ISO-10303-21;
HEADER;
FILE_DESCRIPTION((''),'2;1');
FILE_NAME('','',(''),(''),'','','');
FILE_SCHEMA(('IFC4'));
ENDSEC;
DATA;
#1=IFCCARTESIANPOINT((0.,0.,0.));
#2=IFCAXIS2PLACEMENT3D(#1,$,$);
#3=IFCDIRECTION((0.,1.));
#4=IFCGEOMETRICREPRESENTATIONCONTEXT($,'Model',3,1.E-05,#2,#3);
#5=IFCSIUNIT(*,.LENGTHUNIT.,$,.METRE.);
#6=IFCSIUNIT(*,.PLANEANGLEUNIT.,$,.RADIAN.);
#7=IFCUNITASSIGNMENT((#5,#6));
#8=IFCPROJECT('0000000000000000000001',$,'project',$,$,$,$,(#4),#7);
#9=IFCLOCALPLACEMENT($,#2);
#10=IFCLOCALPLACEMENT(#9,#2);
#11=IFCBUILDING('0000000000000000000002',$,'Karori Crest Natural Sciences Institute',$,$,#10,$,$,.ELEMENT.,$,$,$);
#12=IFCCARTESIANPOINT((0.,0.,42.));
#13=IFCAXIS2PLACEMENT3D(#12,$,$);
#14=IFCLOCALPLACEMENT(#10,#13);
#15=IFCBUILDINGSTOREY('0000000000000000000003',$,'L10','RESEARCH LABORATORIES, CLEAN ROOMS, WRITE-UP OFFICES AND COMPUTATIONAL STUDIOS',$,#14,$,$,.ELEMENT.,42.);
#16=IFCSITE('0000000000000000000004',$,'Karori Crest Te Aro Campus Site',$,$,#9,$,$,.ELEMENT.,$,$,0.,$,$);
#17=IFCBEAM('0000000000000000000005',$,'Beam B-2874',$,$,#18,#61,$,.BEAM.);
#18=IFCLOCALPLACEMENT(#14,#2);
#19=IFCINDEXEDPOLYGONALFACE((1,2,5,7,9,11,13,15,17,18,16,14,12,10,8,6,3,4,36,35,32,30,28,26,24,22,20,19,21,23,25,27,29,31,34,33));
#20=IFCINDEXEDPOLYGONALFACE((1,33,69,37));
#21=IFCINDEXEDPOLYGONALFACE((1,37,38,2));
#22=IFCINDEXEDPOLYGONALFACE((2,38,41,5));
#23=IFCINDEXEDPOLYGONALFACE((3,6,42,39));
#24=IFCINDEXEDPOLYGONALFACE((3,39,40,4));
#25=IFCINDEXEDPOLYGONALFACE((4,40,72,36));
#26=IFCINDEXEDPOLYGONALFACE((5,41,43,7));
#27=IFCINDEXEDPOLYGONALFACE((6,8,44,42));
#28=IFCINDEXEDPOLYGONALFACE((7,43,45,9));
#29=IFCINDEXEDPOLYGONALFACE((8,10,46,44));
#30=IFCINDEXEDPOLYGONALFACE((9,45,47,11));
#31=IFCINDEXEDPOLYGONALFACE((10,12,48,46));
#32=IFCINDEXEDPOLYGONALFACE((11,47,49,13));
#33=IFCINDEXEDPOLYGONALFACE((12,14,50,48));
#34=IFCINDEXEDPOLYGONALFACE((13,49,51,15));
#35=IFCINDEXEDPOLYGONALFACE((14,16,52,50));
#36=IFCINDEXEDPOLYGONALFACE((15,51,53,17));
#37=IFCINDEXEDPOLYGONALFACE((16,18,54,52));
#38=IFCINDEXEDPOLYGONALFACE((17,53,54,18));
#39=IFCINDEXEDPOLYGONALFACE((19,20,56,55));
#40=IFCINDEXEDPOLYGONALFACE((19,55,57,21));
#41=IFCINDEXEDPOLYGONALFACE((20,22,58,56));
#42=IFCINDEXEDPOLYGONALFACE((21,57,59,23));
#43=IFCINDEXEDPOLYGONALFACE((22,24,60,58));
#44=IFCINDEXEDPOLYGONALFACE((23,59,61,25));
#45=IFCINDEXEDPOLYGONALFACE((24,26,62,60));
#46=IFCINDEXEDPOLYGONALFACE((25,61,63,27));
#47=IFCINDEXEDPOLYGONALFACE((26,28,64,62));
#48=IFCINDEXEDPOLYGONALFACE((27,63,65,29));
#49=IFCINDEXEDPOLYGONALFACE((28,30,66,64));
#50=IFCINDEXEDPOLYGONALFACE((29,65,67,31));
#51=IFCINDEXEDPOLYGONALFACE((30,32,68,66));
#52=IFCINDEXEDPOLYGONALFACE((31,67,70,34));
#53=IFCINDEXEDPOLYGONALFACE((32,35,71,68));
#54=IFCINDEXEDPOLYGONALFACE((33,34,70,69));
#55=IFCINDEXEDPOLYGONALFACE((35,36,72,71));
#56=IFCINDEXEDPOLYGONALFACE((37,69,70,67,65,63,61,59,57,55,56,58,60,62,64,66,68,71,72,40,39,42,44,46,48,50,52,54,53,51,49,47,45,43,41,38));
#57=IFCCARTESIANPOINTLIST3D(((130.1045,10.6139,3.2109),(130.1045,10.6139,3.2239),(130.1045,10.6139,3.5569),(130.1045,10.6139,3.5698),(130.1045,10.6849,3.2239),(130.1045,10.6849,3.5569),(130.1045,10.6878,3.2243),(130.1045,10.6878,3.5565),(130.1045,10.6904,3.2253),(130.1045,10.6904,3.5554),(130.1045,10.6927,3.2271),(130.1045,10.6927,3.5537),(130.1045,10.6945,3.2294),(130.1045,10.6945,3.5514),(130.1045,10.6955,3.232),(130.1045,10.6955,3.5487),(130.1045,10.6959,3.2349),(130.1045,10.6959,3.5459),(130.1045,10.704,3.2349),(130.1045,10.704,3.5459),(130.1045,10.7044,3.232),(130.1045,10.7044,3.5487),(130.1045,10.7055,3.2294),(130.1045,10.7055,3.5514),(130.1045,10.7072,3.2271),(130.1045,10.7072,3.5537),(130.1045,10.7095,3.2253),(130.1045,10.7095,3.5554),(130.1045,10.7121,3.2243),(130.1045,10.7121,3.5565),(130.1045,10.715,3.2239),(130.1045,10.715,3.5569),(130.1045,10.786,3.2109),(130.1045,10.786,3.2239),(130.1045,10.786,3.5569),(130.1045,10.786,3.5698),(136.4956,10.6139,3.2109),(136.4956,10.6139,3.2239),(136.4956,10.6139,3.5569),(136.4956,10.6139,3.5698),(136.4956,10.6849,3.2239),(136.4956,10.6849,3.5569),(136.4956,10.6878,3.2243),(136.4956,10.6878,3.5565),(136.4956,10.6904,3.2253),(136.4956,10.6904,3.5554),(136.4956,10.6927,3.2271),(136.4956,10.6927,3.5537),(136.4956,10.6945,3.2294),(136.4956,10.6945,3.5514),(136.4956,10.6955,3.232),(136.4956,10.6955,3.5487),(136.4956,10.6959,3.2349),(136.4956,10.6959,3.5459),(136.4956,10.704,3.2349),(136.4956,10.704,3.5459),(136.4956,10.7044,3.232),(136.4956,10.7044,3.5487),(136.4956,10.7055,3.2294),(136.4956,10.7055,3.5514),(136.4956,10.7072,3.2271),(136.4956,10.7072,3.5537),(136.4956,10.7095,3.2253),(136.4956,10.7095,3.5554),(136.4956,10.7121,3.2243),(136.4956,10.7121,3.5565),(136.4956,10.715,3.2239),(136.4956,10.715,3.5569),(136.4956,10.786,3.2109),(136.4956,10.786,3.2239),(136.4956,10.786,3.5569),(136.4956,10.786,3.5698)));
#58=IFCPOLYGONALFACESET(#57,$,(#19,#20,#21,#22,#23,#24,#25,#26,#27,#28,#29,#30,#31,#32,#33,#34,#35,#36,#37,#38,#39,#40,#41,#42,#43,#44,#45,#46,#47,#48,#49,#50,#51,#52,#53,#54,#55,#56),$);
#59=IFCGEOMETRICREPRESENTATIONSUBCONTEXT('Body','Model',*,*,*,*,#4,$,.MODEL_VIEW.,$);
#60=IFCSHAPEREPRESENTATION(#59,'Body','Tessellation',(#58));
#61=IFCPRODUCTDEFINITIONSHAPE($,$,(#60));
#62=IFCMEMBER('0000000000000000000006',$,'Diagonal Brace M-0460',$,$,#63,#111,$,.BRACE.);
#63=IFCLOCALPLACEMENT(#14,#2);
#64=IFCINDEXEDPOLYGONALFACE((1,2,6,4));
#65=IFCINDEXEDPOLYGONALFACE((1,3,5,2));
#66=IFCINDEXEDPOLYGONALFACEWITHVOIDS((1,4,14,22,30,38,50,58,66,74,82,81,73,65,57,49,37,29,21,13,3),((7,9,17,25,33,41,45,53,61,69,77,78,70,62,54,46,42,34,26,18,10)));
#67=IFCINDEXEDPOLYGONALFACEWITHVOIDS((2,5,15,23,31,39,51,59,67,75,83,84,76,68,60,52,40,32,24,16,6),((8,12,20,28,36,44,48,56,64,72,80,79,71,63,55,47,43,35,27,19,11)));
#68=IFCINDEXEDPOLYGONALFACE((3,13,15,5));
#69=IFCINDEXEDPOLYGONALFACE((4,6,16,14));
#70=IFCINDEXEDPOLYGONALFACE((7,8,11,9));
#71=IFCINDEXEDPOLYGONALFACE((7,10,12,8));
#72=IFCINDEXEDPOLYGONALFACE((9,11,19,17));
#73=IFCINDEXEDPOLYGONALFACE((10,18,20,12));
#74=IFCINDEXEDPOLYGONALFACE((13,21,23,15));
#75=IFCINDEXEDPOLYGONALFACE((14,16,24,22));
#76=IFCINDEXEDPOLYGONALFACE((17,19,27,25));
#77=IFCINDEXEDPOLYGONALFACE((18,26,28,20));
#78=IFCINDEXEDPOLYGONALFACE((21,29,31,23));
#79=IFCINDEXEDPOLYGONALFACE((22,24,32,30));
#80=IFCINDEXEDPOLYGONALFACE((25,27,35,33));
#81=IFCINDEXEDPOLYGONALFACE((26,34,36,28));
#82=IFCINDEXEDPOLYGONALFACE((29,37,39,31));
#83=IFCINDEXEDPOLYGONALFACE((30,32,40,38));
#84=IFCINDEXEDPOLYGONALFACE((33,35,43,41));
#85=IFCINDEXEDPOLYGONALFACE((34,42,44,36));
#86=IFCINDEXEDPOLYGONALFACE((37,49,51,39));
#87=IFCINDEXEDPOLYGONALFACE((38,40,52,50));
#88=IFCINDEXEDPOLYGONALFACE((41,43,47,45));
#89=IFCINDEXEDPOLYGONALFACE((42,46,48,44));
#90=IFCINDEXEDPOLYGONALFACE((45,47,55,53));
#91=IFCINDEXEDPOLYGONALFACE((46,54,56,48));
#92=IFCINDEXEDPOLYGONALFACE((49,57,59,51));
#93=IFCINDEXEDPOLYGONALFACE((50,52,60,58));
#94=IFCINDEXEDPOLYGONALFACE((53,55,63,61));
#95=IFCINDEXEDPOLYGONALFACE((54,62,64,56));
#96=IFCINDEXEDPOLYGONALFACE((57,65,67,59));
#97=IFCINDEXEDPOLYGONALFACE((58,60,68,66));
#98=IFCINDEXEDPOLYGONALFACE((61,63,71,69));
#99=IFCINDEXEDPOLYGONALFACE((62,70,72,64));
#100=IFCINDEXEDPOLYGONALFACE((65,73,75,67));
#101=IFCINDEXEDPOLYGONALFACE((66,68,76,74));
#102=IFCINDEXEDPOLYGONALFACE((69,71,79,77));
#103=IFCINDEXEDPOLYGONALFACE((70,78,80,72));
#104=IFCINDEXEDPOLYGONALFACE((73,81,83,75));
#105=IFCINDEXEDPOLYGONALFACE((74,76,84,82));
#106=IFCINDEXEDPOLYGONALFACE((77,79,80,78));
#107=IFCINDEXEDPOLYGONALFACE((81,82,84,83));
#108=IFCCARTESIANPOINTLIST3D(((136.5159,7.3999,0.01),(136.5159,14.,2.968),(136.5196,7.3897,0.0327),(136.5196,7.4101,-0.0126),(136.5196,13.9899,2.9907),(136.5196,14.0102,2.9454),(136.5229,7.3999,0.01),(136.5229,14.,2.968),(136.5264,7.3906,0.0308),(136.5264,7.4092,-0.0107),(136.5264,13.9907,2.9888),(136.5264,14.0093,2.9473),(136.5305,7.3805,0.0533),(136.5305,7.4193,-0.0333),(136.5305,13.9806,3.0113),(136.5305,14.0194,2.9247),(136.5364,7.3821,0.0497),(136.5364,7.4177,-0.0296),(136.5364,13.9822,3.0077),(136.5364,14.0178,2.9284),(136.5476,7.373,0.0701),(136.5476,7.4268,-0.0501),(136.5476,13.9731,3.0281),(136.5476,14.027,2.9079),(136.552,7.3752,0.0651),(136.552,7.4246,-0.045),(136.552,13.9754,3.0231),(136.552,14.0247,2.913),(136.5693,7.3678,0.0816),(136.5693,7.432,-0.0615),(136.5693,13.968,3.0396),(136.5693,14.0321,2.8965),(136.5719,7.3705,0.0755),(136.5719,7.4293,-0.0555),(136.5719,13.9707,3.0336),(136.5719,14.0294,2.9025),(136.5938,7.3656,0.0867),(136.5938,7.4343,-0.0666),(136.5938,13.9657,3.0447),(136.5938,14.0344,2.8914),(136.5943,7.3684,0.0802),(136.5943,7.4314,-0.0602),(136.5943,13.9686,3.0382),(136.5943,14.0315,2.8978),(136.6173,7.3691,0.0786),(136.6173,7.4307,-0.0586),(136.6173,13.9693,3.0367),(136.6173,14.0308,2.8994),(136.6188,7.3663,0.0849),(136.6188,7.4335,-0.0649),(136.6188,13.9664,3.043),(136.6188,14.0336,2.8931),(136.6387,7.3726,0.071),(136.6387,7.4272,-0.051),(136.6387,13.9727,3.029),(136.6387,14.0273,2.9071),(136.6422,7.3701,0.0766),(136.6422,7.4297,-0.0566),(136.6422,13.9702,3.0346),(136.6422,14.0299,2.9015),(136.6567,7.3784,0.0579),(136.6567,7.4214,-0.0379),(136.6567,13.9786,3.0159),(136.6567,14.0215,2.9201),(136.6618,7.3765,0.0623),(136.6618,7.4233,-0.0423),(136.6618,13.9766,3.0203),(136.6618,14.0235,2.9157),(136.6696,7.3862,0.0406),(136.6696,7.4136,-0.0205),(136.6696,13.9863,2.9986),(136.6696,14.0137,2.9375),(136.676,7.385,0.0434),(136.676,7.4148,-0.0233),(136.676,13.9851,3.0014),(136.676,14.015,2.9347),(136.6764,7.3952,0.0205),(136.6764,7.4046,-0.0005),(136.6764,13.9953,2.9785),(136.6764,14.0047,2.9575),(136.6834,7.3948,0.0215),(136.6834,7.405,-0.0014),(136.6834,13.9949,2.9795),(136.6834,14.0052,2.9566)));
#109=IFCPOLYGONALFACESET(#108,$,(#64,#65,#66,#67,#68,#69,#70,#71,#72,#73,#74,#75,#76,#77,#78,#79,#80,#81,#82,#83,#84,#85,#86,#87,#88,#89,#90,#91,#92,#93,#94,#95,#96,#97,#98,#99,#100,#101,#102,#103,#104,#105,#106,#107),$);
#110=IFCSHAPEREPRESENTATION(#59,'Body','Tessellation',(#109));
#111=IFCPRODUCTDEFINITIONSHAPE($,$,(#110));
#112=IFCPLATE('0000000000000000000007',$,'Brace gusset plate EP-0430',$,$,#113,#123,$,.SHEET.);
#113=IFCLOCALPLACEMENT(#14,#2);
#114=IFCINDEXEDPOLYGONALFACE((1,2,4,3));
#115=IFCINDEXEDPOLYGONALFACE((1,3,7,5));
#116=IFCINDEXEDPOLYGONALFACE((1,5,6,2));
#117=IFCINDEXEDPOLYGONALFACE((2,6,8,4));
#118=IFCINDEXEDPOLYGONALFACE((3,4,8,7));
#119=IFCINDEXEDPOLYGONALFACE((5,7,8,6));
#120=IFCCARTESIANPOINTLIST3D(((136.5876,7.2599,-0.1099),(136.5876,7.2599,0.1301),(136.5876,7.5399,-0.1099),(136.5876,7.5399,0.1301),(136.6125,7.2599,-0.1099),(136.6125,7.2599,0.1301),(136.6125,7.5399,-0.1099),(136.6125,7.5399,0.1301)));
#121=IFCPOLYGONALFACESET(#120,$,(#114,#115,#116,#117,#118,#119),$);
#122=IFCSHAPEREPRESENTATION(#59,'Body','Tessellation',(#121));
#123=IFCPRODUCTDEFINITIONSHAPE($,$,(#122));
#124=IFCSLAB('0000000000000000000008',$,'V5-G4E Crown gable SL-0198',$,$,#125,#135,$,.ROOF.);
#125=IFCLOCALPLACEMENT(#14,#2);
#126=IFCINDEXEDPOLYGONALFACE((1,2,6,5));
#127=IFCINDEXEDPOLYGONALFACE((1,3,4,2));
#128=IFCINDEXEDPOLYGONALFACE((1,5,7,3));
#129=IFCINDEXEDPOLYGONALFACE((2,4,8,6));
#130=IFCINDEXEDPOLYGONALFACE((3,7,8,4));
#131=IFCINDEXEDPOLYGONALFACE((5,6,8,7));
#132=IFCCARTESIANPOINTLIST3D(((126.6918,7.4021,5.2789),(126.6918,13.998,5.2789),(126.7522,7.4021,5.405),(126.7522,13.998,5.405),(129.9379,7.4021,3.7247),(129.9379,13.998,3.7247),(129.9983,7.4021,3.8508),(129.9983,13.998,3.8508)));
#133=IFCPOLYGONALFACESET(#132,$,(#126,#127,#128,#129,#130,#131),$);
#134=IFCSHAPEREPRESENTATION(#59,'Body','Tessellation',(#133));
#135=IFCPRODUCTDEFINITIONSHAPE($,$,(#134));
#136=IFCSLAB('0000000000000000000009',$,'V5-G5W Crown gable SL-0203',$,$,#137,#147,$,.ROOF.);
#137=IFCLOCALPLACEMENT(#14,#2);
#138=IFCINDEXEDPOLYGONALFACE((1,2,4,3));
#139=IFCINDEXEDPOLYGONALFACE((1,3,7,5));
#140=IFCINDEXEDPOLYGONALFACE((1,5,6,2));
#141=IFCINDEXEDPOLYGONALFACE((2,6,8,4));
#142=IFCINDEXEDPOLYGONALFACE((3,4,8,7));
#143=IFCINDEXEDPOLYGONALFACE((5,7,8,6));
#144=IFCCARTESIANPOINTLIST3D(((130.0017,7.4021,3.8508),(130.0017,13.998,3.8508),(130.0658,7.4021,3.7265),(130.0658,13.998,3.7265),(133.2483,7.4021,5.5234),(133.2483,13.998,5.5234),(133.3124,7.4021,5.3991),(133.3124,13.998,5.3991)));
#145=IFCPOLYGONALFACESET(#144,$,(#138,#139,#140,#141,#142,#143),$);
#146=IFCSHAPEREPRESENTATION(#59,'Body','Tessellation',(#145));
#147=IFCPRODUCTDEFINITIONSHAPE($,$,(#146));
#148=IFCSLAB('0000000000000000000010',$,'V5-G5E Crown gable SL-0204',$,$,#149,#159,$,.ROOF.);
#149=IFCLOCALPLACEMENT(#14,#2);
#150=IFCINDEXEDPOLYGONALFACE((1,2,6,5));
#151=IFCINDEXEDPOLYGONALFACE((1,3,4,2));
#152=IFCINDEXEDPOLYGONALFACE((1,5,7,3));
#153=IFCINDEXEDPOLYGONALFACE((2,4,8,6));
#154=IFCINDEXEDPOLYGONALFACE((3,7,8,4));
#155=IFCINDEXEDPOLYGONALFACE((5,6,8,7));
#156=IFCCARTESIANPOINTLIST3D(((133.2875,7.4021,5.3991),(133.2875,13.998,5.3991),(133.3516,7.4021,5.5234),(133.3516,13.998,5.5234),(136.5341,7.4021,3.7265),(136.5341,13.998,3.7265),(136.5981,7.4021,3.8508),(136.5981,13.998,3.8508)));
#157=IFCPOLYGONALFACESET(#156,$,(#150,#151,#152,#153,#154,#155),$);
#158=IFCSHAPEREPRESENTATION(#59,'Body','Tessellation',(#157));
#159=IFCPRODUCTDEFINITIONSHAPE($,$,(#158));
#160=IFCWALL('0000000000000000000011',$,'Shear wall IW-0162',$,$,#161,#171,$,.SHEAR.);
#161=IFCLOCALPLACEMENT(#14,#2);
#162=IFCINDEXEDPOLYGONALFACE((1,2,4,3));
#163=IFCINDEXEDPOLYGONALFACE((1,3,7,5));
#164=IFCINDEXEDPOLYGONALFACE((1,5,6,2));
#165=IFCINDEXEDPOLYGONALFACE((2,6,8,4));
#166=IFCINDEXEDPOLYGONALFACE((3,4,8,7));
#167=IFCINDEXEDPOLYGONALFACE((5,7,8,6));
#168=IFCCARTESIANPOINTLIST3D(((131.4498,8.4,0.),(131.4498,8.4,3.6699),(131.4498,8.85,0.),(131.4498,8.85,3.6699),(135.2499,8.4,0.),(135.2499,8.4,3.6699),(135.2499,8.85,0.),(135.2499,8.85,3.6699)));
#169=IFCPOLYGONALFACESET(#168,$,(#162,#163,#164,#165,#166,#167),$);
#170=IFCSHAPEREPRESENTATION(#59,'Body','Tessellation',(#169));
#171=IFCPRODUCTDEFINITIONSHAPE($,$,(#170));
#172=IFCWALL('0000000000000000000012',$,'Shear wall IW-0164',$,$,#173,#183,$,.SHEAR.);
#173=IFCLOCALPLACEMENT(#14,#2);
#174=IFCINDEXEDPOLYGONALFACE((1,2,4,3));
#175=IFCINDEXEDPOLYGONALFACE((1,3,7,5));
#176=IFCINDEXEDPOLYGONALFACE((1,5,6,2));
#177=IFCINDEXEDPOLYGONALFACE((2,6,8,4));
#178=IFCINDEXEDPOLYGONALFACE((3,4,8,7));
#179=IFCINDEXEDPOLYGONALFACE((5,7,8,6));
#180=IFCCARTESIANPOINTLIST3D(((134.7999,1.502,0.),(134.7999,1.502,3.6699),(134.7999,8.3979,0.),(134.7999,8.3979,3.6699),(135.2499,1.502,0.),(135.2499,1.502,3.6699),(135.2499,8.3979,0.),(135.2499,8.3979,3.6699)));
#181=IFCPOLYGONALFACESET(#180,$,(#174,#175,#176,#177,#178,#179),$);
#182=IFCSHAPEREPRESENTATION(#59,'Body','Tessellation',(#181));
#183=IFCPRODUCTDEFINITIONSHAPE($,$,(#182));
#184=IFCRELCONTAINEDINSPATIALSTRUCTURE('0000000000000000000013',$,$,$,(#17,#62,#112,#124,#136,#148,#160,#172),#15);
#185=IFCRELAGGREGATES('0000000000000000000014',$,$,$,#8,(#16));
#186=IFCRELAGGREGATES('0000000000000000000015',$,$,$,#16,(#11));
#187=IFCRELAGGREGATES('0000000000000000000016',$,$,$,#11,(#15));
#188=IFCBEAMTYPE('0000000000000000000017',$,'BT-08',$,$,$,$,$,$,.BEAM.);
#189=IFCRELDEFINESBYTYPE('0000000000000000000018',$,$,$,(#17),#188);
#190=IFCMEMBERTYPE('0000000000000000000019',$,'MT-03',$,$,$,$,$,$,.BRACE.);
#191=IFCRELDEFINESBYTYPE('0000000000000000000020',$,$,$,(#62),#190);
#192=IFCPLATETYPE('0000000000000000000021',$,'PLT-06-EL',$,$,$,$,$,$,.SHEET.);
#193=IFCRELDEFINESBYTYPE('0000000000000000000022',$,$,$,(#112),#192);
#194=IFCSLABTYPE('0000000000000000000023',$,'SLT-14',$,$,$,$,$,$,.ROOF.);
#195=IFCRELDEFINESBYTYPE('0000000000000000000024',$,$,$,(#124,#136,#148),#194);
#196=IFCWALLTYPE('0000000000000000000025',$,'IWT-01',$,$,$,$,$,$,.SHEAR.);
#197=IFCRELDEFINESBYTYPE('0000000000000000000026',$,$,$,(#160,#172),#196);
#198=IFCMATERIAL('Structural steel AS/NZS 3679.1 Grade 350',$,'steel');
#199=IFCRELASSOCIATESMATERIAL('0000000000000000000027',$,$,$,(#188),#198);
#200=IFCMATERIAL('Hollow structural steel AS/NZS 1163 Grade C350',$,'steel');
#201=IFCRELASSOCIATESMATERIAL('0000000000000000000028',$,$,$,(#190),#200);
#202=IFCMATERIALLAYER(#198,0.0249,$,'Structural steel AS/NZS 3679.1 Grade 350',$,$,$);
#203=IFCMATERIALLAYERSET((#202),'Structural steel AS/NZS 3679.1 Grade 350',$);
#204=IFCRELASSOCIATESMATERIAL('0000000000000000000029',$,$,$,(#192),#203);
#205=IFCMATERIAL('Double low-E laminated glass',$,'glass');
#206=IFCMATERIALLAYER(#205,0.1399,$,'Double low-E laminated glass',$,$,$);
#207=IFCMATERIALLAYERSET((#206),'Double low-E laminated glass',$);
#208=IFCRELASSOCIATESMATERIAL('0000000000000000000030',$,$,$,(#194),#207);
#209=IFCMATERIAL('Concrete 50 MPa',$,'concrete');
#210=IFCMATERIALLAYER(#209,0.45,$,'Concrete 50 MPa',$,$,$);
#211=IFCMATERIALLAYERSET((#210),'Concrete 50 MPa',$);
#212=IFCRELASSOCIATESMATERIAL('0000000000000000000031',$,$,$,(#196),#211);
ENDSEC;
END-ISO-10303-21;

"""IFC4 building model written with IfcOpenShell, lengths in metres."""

from ifc_helpers import new_model, si_unit, direction, frame, frame_2d, origin, origin_2d, place, context, subcontext, project, spatial, polyline, rectangle, hollow_circle, i_section, outline, extrude, material, layer, layer_set, material_profile, profile_set, type_object, element, save


model = new_model("IFC4")

# Units and contexts
model_context = context("Model", 3, precision=1e-05, world=origin(), true_north=direction((0.0, 1.0)))
body_context = subcontext(model_context, "Body", "Model", "MODEL_VIEW")
ifc_project = project(units=[si_unit("LENGTHUNIT", "METRE"), si_unit("PLANEANGLEUNIT", "RADIAN")], contexts=[model_context])

# Site, building, storey
site_placement = place(None, origin())
site = spatial("IfcSite", under=ifc_project, at=site_placement, Name="Karori Crest Te Aro Campus Site", CompositionType="ELEMENT", RefElevation=0.0)
building_placement = place(site_placement, origin())
building = spatial("IfcBuilding", under=site, at=building_placement, Name="Karori Crest Natural Sciences Institute", CompositionType="ELEMENT")
storey_placement = place(building_placement, frame((0.0, 0.0, 42.0)))
storey = spatial("IfcBuildingStorey", under=building, at=storey_placement, Name="L10", Description="RESEARCH LABORATORIES, CLEAN ROOMS, WRITE-UP OFFICES AND COMPUTATIONAL STUDIOS", CompositionType="ELEMENT", Elevation=42.0)

# Shared definitions
ifc_material_1 = material(Name="Structural steel AS/NZS 3679.1 Grade 350", Category="steel")

# Beam
ifc_material_profile_1 = material_profile(ifc_material_1, i_section(OverallWidth=0.1721, OverallDepth=0.3589, WebThickness=0.0081, FlangeThickness=0.0129, FilletRadius=0.011, at=origin_2d()), Name="360UB56.7")
ifc_profile_set_1 = profile_set([ifc_material_profile_1], Name="Structural steel AS/NZS 3679.1 Grade 350")
beam_type_1 = type_object("IfcBeamType", Name="BT-08", PredefinedType="BEAM", material=ifc_profile_set_1)
beam_1_placement = place(storey_placement, frame((130.1045, 10.7, 3.3904), z_axis=(1.0, 0.0, 0.0), x_axis=(0.0, 1.0, 0.0)))
element("IfcBeam", 1, at=beam_1_placement, inside=storey, type_object=beam_type_1, Name="Beam B-2874", PredefinedType="BEAM", context=body_context, shape_type="SweptSolid", body=[
    extrude(i_section(OverallWidth=0.1721, OverallDepth=0.3589, WebThickness=0.0081, FlangeThickness=0.0129, FilletRadius=0.011, at=origin_2d()), origin(), (0.0, 0.0, 1.0), 6.3911),
])

# Member
ifc_material_2 = material(Name="Hollow structural steel AS/NZS 1163 Grade C350", Category="steel")
ifc_material_profile_2 = material_profile(ifc_material_2, hollow_circle(Radius=0.0842, WallThickness=0.0071, at=origin_2d()), Name="CHS168.3x7.1")
ifc_profile_set_2 = profile_set([ifc_material_profile_2], Name="Hollow structural steel AS/NZS 1163 Grade C350")
member_type = type_object("IfcMemberType", Name="MT-03", PredefinedType="BRACE", material=ifc_profile_set_2)
member_placement = place(storey_placement, frame((136.6001, 7.3999, 0.01), z_axis=(0.0, 0.912543, 0.40898), x_axis=(-1.0, 0.0, 0.0)))
element("IfcMember", 2, at=member_placement, inside=storey, type_object=member_type, Name="Diagonal Brace M-0460", PredefinedType="BRACE", context=body_context, shape_type="SweptSolid", body=[
    extrude(hollow_circle(Radius=0.0842, WallThickness=0.0071, at=origin_2d()), origin(), (0.0, 0.0, 1.0), 7.2327),
])

# Plate
ifc_layer_1 = layer(ifc_material_1, 0.0249, Name="Structural steel AS/NZS 3679.1 Grade 350")
ifc_layer_set_1 = layer_set([ifc_layer_1], Name="Structural steel AS/NZS 3679.1 Grade 350")
plate_type = type_object("IfcPlateType", Name="PLT-06-EL", PredefinedType="SHEET", material=ifc_layer_set_1)
plate_placement = place(storey_placement, frame((136.6001, 7.3999, -0.1099), z_axis=(0.0, 0.0, 1.0), x_axis=(0.0, 1.0, 0.0)))
element("IfcPlate", 3, at=plate_placement, inside=storey, type_object=plate_type, Name="Brace gusset plate EP-0430", PredefinedType="SHEET", context=body_context, shape_type="SweptSolid", body=[
    extrude(rectangle(XDim=0.28, YDim=0.0249, at=origin_2d()), origin(), (0.0, 0.0, 1.0), 0.24),
])

# Slabs
ifc_material_3 = material(Name="Double low-E laminated glass", Category="glass")
ifc_layer_2 = layer(ifc_material_3, 0.1399, Name="Double low-E laminated glass")
ifc_layer_set_2 = layer_set([ifc_layer_2], Name="Double low-E laminated glass")
slab_type = type_object("IfcSlabType", Name="SLT-14", PredefinedType="ROOF", material=ifc_layer_set_2)
slab_placement = place(storey_placement, frame((126.7522, 7.4021, 5.405), z_axis=(0.431844, 0.0, 0.901948), x_axis=(0.901948, 0.0, -0.431844)))
element("IfcSlab", 4, at=slab_placement, inside=storey, type_object=slab_type, Name="V5-G4E Crown gable SL-0198", PredefinedType="ROOF", context=body_context, shape_type="SweptSolid", body=[
    extrude(outline(polyline([(0.0, 0.0), (3.599, 0.0), (3.599, 6.5959), (0.0, 6.5959), (0.0, 0.0)])), origin(), (0.0, 0.0, -1.0), 0.1399),
])
for number, where, z_axis, x_axis, name in (
    (5, (130.0017, 7.4021, 3.8508), (-0.457984, 0.0, 0.888961), (0.888961, 0.0, 0.457984), "V5-G5W Crown gable SL-0203"),
    (6, (133.3516, 7.4021, 5.5234), (0.457984, 0.0, 0.888961), (0.888961, 0.0, -0.457984), "V5-G5E Crown gable SL-0204"),
):
    element("IfcSlab", number, at=place(storey_placement, frame(where, z_axis=z_axis, x_axis=x_axis)), inside=storey, type_object=slab_type, Name=name, PredefinedType="ROOF", context=body_context, shape_type="SweptSolid", body=[
        extrude(outline(polyline([(0.0, 0.0), (3.6521, 0.0), (3.6521, 6.5959), (0.0, 6.5959), (0.0, 0.0)])), origin(), (0.0, 0.0, -1.0), 0.1399),
    ])

# Wall
ifc_material_4 = material(Name="Concrete 50 MPa", Category="concrete")
ifc_layer_3 = layer(ifc_material_4, 0.45, Name="Concrete 50 MPa")
ifc_layer_set_3 = layer_set([ifc_layer_3], Name="Concrete 50 MPa")
wall_type_1 = type_object("IfcWallType", Name="IWT-01", PredefinedType="SHEAR", material=ifc_layer_set_3)
wall_1_placement = place(storey_placement, frame((131.45, 8.625, 0.0), z_axis=(0.0, 0.0, 1.0), x_axis=(1.0, 0.0, 0.0)))
element("IfcWall", 7, at=wall_1_placement, inside=storey, type_object=wall_type_1, Name="Shear wall IW-0162", PredefinedType="SHEAR", context=body_context, shape_type="SweptSolid", body=[
    extrude(rectangle(XDim=3.8, YDim=0.45, at=frame_2d((1.8999, 0.0))), origin(), (0.0, 0.0, 1.0), 3.6699),
])

# Wall
wall_2_placement = place(storey_placement, frame((135.0249, 1.502, 0.0), z_axis=(0.0, 0.0, 1.0), x_axis=(0.0, 1.0, 0.0)))
element("IfcWall", 8, at=wall_2_placement, inside=storey, type_object=wall_type_1, Name="Shear wall IW-0164", PredefinedType="SHEAR", context=body_context, shape_type="SweptSolid", body=[
    extrude(rectangle(XDim=6.896, YDim=0.45, at=frame_2d((3.448, 0.0))), origin(), (0.0, 0.0, 1.0), 3.6699),
])

save(model, "model.ifc")
